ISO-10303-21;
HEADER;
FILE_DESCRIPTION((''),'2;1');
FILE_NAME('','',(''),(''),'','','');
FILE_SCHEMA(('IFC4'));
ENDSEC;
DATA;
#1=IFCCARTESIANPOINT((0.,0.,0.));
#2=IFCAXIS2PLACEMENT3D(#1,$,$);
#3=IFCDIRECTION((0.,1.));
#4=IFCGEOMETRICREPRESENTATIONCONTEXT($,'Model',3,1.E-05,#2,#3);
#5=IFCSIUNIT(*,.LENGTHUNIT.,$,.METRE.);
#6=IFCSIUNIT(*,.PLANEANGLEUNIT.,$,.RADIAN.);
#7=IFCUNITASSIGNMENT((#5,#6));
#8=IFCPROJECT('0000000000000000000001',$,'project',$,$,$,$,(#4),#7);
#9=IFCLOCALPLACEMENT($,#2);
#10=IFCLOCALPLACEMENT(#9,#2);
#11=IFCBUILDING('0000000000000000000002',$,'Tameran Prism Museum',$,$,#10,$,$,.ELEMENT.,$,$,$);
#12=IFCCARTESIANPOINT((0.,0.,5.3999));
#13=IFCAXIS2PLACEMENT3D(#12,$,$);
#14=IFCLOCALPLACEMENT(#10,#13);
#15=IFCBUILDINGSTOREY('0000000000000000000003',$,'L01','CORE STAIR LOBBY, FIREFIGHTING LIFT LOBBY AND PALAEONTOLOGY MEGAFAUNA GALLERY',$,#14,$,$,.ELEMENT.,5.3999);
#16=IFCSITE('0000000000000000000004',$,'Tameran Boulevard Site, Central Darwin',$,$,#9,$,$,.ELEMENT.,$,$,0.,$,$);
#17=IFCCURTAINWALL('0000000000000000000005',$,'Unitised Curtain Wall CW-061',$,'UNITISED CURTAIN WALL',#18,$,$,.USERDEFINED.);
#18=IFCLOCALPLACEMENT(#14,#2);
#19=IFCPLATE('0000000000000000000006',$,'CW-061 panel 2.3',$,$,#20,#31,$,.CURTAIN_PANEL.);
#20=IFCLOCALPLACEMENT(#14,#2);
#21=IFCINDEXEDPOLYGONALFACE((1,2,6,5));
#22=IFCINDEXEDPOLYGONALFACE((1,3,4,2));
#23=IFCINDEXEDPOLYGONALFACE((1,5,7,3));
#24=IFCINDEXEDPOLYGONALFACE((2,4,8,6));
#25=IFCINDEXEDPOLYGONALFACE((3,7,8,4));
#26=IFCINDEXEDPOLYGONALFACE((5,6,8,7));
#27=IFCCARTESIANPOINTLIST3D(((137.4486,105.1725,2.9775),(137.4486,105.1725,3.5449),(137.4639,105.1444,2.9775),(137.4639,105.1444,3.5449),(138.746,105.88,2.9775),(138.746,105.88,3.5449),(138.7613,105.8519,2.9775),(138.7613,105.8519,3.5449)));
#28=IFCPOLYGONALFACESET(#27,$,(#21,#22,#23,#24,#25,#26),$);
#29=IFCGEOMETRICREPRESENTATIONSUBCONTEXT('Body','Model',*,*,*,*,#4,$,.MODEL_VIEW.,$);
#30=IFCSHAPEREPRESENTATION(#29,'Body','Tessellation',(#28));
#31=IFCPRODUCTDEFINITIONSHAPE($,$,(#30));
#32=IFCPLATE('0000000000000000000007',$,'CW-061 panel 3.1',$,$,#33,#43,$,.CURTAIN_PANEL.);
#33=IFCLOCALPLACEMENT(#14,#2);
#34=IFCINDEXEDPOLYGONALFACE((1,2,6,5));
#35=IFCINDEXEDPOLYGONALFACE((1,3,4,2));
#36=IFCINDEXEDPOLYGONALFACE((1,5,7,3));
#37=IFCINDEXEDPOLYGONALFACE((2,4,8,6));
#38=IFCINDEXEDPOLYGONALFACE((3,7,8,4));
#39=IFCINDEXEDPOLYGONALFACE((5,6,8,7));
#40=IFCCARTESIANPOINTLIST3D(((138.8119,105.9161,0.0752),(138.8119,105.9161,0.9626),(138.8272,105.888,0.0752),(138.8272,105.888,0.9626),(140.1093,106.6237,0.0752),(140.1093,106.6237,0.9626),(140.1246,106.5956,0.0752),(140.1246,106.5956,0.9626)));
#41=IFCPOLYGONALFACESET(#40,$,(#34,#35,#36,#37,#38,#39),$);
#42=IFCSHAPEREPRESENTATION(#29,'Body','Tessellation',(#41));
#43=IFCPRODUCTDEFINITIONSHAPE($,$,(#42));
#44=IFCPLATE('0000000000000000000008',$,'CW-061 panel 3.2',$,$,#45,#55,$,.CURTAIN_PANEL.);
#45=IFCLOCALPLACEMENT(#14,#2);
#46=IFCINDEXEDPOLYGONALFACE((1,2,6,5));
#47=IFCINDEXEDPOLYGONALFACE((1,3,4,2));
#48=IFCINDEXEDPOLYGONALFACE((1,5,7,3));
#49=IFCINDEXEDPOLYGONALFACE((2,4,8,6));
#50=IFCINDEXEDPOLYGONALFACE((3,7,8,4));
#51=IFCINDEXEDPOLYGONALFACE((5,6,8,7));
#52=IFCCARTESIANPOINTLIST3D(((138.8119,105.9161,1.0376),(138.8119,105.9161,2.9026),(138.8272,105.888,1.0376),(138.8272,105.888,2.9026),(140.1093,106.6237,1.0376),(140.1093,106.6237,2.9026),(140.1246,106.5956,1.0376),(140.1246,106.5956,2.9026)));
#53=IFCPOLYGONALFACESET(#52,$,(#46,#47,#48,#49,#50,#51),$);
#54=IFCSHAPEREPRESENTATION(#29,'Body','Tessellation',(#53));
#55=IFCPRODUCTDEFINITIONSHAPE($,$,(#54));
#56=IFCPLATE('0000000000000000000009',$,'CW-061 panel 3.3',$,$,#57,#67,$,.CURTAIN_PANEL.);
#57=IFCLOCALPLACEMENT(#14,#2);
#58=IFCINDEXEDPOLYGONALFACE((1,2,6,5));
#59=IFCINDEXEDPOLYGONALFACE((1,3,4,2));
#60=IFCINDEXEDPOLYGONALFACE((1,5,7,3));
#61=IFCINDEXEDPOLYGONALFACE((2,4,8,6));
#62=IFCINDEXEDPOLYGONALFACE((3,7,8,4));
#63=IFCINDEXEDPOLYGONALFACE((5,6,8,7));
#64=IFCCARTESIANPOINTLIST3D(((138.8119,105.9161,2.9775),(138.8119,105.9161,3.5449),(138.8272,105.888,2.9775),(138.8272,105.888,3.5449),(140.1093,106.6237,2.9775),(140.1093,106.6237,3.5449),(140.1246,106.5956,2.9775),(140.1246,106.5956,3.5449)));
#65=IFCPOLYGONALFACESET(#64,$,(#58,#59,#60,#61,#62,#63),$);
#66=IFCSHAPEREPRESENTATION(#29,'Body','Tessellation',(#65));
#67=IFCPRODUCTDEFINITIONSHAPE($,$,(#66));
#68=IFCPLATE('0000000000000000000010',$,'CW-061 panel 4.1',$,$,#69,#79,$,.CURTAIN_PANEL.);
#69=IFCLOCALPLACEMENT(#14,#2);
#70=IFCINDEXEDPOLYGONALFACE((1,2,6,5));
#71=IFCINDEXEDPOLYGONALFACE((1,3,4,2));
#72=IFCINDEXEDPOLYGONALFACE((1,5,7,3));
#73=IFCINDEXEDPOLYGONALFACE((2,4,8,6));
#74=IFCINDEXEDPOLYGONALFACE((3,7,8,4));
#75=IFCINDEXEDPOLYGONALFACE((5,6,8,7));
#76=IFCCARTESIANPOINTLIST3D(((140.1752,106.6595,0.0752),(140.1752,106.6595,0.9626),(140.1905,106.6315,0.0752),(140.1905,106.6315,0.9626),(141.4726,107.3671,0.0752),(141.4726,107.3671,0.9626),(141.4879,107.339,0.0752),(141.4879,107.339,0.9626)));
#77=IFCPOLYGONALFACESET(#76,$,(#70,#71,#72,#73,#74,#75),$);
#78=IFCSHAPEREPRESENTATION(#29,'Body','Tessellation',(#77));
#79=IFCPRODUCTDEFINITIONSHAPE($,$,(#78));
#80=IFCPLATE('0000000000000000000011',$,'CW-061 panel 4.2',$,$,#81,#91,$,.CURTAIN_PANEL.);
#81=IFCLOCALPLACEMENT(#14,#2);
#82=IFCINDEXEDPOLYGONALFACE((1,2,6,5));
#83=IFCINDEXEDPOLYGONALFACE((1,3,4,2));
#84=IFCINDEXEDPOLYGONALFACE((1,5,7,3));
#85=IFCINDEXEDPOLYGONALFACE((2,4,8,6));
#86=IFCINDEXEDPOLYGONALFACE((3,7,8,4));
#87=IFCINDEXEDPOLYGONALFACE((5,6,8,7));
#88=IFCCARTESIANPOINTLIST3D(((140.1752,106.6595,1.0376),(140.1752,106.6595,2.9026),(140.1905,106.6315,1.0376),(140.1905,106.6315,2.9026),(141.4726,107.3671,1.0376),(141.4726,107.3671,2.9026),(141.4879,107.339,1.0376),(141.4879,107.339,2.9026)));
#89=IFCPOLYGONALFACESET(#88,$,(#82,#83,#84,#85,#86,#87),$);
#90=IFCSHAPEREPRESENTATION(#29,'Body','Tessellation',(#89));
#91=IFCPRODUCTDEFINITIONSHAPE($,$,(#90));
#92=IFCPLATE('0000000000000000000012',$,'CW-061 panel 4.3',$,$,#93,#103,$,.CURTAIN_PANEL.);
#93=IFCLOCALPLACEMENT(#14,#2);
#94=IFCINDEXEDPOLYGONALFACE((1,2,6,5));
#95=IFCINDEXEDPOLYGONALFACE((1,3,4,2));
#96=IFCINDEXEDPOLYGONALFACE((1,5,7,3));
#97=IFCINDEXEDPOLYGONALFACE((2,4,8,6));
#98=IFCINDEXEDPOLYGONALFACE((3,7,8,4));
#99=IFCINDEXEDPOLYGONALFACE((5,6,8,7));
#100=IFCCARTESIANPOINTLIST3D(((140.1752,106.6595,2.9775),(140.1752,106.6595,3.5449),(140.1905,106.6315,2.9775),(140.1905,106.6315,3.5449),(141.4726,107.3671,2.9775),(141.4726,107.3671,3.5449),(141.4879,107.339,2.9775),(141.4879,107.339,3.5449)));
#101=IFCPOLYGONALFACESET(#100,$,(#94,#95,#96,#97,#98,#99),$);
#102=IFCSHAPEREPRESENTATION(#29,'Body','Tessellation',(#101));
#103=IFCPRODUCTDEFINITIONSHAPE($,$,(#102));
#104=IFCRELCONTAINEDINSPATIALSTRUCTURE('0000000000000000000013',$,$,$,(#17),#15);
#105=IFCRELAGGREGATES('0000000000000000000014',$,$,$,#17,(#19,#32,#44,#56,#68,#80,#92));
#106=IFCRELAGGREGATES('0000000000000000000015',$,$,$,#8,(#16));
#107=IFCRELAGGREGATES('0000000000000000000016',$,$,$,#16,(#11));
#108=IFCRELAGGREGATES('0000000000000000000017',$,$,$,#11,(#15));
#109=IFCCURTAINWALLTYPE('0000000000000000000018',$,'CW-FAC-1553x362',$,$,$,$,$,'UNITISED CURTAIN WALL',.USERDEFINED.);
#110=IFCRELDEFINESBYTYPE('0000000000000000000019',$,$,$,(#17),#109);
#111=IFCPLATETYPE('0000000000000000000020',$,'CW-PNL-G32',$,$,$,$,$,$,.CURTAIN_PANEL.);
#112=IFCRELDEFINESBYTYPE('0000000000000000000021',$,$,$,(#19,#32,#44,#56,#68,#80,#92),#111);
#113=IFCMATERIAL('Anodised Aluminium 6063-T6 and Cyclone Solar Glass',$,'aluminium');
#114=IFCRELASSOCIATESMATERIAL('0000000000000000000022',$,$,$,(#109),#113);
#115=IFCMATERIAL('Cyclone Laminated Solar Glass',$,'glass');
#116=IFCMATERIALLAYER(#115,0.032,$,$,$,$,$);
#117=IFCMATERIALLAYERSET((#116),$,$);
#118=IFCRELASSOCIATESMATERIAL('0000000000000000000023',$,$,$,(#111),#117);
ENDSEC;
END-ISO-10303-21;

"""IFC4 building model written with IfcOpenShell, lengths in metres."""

from ifc_helpers import new_model, si_unit, direction, frame, origin, origin_2d, place, context, subcontext, project, spatial, rectangle, extrude, material, layer, layer_set, type_object, element, aggregate, save


model = new_model("IFC4")

# Units and contexts
model_context = context("Model", 3, precision=1e-05, world=origin(), true_north=direction((0.0, 1.0)))
body_context = subcontext(model_context, "Body", "Model", "MODEL_VIEW")
ifc_project = project(units=[si_unit("LENGTHUNIT", "METRE"), si_unit("PLANEANGLEUNIT", "RADIAN")], contexts=[model_context])

# Site, building, storey
site_placement = place(None, origin())
site = spatial("IfcSite", under=ifc_project, at=site_placement, Name="Tameran Boulevard Site, Central Darwin", CompositionType="ELEMENT", RefElevation=0.0)
building_placement = place(site_placement, origin())
building = spatial("IfcBuilding", under=site, at=building_placement, Name="Tameran Prism Museum", CompositionType="ELEMENT")
storey_placement = place(building_placement, frame((0.0, 0.0, 5.3999)))
storey = spatial("IfcBuildingStorey", under=building, at=storey_placement, Name="L01", Description="CORE STAIR LOBBY, FIREFIGHTING LIFT LOBBY AND PALAEONTOLOGY MEGAFAUNA GALLERY", CompositionType="ELEMENT", Elevation=5.3999)

# Curtain wall
ifc_material_1 = material(Name="Anodised Aluminium 6063-T6 and Cyclone Solar Glass", Category="aluminium")
curtain_wall_type_1 = type_object("IfcCurtainWallType", Name="CW-FAC-1553x362", ElementType="UNITISED CURTAIN WALL", PredefinedType="USERDEFINED", material=ifc_material_1)
curtain_wall_1_placement = place(storey_placement, origin())
curtain_wall_1 = element("IfcCurtainWall", 1, at=curtain_wall_1_placement, inside=storey, type_object=curtain_wall_type_1, Name="Unitised Curtain Wall CW-061", ObjectType="UNITISED CURTAIN WALL", PredefinedType="USERDEFINED")

# Plates
ifc_material_2 = material(Name="Cyclone Laminated Solar Glass", Category="glass")
ifc_layer = layer(ifc_material_2, 0.032)
ifc_layer_set = layer_set([ifc_layer])
plate_type = type_object("IfcPlateType", Name="CW-PNL-G32", PredefinedType="CURTAIN_PANEL", material=ifc_layer_set)
plate_1_placement = place(storey_placement, frame((138.105, 105.5122, 2.9775), z_axis=(0.0, 0.0, 1.0), x_axis=(0.877928, 0.478793, 0.0)))
plate_1 = element("IfcPlate", 2, at=plate_1_placement, type_object=plate_type, Name="CW-061 panel 2.3", PredefinedType="CURTAIN_PANEL", context=body_context, shape_type="SweptSolid", body=[
    extrude(rectangle(XDim=1.4778, YDim=0.032, at=origin_2d()), origin(), (0.0, 0.0, 1.0), 0.5674),
])
plate_2_placement = place(storey_placement, frame((139.4683, 106.2559, 0.0752), z_axis=(0.0, 0.0, 1.0), x_axis=(0.877928, 0.478793, 0.0)))
plate_2 = element("IfcPlate", 3, at=plate_2_placement, type_object=plate_type, Name="CW-061 panel 3.1", PredefinedType="CURTAIN_PANEL", context=body_context, shape_type="SweptSolid", body=[
    extrude(rectangle(XDim=1.4778, YDim=0.032, at=origin_2d()), origin(), (0.0, 0.0, 1.0), 0.8875),
])
plate_3_placement = place(storey_placement, frame((139.4683, 106.2559, 1.0376), z_axis=(0.0, 0.0, 1.0), x_axis=(0.877928, 0.478793, 0.0)))
plate_3 = element("IfcPlate", 4, at=plate_3_placement, type_object=plate_type, Name="CW-061 panel 3.2", PredefinedType="CURTAIN_PANEL", context=body_context, shape_type="SweptSolid", body=[
    extrude(rectangle(XDim=1.4778, YDim=0.032, at=origin_2d()), origin(), (0.0, 0.0, 1.0), 1.865),
])
plate_4_placement = place(storey_placement, frame((139.4683, 106.2559, 2.9775), z_axis=(0.0, 0.0, 1.0), x_axis=(0.877928, 0.478793, 0.0)))
plate_4 = element("IfcPlate", 5, at=plate_4_placement, type_object=plate_type, Name="CW-061 panel 3.3", PredefinedType="CURTAIN_PANEL", context=body_context, shape_type="SweptSolid", body=[
    extrude(rectangle(XDim=1.4778, YDim=0.032, at=origin_2d()), origin(), (0.0, 0.0, 1.0), 0.5674),
])
plate_5_placement = place(storey_placement, frame((140.8315, 106.9993, 0.0752), z_axis=(0.0, 0.0, 1.0), x_axis=(0.877928, 0.478793, 0.0)))
plate_5 = element("IfcPlate", 6, at=plate_5_placement, type_object=plate_type, Name="CW-061 panel 4.1", PredefinedType="CURTAIN_PANEL", context=body_context, shape_type="SweptSolid", body=[
    extrude(rectangle(XDim=1.4778, YDim=0.032, at=origin_2d()), origin(), (0.0, 0.0, 1.0), 0.8875),
])
plate_6_placement = place(storey_placement, frame((140.8315, 106.9993, 1.0376), z_axis=(0.0, 0.0, 1.0), x_axis=(0.877928, 0.478793, 0.0)))
plate_6 = element("IfcPlate", 7, at=plate_6_placement, type_object=plate_type, Name="CW-061 panel 4.2", PredefinedType="CURTAIN_PANEL", context=body_context, shape_type="SweptSolid", body=[
    extrude(rectangle(XDim=1.4778, YDim=0.032, at=origin_2d()), origin(), (0.0, 0.0, 1.0), 1.865),
])
plate_7_placement = place(storey_placement, frame((140.8315, 106.9993, 2.9775), z_axis=(0.0, 0.0, 1.0), x_axis=(0.877928, 0.478793, 0.0)))
plate_7 = element("IfcPlate", 8, at=plate_7_placement, type_object=plate_type, Name="CW-061 panel 4.3", PredefinedType="CURTAIN_PANEL", context=body_context, shape_type="SweptSolid", body=[
    extrude(rectangle(XDim=1.4778, YDim=0.032, at=origin_2d()), origin(), (0.0, 0.0, 1.0), 0.5674),
])
aggregate(curtain_wall_1, [plate_1, plate_2, plate_3, plate_4, plate_5, plate_6, plate_7])

save(model, "model.ifc")
